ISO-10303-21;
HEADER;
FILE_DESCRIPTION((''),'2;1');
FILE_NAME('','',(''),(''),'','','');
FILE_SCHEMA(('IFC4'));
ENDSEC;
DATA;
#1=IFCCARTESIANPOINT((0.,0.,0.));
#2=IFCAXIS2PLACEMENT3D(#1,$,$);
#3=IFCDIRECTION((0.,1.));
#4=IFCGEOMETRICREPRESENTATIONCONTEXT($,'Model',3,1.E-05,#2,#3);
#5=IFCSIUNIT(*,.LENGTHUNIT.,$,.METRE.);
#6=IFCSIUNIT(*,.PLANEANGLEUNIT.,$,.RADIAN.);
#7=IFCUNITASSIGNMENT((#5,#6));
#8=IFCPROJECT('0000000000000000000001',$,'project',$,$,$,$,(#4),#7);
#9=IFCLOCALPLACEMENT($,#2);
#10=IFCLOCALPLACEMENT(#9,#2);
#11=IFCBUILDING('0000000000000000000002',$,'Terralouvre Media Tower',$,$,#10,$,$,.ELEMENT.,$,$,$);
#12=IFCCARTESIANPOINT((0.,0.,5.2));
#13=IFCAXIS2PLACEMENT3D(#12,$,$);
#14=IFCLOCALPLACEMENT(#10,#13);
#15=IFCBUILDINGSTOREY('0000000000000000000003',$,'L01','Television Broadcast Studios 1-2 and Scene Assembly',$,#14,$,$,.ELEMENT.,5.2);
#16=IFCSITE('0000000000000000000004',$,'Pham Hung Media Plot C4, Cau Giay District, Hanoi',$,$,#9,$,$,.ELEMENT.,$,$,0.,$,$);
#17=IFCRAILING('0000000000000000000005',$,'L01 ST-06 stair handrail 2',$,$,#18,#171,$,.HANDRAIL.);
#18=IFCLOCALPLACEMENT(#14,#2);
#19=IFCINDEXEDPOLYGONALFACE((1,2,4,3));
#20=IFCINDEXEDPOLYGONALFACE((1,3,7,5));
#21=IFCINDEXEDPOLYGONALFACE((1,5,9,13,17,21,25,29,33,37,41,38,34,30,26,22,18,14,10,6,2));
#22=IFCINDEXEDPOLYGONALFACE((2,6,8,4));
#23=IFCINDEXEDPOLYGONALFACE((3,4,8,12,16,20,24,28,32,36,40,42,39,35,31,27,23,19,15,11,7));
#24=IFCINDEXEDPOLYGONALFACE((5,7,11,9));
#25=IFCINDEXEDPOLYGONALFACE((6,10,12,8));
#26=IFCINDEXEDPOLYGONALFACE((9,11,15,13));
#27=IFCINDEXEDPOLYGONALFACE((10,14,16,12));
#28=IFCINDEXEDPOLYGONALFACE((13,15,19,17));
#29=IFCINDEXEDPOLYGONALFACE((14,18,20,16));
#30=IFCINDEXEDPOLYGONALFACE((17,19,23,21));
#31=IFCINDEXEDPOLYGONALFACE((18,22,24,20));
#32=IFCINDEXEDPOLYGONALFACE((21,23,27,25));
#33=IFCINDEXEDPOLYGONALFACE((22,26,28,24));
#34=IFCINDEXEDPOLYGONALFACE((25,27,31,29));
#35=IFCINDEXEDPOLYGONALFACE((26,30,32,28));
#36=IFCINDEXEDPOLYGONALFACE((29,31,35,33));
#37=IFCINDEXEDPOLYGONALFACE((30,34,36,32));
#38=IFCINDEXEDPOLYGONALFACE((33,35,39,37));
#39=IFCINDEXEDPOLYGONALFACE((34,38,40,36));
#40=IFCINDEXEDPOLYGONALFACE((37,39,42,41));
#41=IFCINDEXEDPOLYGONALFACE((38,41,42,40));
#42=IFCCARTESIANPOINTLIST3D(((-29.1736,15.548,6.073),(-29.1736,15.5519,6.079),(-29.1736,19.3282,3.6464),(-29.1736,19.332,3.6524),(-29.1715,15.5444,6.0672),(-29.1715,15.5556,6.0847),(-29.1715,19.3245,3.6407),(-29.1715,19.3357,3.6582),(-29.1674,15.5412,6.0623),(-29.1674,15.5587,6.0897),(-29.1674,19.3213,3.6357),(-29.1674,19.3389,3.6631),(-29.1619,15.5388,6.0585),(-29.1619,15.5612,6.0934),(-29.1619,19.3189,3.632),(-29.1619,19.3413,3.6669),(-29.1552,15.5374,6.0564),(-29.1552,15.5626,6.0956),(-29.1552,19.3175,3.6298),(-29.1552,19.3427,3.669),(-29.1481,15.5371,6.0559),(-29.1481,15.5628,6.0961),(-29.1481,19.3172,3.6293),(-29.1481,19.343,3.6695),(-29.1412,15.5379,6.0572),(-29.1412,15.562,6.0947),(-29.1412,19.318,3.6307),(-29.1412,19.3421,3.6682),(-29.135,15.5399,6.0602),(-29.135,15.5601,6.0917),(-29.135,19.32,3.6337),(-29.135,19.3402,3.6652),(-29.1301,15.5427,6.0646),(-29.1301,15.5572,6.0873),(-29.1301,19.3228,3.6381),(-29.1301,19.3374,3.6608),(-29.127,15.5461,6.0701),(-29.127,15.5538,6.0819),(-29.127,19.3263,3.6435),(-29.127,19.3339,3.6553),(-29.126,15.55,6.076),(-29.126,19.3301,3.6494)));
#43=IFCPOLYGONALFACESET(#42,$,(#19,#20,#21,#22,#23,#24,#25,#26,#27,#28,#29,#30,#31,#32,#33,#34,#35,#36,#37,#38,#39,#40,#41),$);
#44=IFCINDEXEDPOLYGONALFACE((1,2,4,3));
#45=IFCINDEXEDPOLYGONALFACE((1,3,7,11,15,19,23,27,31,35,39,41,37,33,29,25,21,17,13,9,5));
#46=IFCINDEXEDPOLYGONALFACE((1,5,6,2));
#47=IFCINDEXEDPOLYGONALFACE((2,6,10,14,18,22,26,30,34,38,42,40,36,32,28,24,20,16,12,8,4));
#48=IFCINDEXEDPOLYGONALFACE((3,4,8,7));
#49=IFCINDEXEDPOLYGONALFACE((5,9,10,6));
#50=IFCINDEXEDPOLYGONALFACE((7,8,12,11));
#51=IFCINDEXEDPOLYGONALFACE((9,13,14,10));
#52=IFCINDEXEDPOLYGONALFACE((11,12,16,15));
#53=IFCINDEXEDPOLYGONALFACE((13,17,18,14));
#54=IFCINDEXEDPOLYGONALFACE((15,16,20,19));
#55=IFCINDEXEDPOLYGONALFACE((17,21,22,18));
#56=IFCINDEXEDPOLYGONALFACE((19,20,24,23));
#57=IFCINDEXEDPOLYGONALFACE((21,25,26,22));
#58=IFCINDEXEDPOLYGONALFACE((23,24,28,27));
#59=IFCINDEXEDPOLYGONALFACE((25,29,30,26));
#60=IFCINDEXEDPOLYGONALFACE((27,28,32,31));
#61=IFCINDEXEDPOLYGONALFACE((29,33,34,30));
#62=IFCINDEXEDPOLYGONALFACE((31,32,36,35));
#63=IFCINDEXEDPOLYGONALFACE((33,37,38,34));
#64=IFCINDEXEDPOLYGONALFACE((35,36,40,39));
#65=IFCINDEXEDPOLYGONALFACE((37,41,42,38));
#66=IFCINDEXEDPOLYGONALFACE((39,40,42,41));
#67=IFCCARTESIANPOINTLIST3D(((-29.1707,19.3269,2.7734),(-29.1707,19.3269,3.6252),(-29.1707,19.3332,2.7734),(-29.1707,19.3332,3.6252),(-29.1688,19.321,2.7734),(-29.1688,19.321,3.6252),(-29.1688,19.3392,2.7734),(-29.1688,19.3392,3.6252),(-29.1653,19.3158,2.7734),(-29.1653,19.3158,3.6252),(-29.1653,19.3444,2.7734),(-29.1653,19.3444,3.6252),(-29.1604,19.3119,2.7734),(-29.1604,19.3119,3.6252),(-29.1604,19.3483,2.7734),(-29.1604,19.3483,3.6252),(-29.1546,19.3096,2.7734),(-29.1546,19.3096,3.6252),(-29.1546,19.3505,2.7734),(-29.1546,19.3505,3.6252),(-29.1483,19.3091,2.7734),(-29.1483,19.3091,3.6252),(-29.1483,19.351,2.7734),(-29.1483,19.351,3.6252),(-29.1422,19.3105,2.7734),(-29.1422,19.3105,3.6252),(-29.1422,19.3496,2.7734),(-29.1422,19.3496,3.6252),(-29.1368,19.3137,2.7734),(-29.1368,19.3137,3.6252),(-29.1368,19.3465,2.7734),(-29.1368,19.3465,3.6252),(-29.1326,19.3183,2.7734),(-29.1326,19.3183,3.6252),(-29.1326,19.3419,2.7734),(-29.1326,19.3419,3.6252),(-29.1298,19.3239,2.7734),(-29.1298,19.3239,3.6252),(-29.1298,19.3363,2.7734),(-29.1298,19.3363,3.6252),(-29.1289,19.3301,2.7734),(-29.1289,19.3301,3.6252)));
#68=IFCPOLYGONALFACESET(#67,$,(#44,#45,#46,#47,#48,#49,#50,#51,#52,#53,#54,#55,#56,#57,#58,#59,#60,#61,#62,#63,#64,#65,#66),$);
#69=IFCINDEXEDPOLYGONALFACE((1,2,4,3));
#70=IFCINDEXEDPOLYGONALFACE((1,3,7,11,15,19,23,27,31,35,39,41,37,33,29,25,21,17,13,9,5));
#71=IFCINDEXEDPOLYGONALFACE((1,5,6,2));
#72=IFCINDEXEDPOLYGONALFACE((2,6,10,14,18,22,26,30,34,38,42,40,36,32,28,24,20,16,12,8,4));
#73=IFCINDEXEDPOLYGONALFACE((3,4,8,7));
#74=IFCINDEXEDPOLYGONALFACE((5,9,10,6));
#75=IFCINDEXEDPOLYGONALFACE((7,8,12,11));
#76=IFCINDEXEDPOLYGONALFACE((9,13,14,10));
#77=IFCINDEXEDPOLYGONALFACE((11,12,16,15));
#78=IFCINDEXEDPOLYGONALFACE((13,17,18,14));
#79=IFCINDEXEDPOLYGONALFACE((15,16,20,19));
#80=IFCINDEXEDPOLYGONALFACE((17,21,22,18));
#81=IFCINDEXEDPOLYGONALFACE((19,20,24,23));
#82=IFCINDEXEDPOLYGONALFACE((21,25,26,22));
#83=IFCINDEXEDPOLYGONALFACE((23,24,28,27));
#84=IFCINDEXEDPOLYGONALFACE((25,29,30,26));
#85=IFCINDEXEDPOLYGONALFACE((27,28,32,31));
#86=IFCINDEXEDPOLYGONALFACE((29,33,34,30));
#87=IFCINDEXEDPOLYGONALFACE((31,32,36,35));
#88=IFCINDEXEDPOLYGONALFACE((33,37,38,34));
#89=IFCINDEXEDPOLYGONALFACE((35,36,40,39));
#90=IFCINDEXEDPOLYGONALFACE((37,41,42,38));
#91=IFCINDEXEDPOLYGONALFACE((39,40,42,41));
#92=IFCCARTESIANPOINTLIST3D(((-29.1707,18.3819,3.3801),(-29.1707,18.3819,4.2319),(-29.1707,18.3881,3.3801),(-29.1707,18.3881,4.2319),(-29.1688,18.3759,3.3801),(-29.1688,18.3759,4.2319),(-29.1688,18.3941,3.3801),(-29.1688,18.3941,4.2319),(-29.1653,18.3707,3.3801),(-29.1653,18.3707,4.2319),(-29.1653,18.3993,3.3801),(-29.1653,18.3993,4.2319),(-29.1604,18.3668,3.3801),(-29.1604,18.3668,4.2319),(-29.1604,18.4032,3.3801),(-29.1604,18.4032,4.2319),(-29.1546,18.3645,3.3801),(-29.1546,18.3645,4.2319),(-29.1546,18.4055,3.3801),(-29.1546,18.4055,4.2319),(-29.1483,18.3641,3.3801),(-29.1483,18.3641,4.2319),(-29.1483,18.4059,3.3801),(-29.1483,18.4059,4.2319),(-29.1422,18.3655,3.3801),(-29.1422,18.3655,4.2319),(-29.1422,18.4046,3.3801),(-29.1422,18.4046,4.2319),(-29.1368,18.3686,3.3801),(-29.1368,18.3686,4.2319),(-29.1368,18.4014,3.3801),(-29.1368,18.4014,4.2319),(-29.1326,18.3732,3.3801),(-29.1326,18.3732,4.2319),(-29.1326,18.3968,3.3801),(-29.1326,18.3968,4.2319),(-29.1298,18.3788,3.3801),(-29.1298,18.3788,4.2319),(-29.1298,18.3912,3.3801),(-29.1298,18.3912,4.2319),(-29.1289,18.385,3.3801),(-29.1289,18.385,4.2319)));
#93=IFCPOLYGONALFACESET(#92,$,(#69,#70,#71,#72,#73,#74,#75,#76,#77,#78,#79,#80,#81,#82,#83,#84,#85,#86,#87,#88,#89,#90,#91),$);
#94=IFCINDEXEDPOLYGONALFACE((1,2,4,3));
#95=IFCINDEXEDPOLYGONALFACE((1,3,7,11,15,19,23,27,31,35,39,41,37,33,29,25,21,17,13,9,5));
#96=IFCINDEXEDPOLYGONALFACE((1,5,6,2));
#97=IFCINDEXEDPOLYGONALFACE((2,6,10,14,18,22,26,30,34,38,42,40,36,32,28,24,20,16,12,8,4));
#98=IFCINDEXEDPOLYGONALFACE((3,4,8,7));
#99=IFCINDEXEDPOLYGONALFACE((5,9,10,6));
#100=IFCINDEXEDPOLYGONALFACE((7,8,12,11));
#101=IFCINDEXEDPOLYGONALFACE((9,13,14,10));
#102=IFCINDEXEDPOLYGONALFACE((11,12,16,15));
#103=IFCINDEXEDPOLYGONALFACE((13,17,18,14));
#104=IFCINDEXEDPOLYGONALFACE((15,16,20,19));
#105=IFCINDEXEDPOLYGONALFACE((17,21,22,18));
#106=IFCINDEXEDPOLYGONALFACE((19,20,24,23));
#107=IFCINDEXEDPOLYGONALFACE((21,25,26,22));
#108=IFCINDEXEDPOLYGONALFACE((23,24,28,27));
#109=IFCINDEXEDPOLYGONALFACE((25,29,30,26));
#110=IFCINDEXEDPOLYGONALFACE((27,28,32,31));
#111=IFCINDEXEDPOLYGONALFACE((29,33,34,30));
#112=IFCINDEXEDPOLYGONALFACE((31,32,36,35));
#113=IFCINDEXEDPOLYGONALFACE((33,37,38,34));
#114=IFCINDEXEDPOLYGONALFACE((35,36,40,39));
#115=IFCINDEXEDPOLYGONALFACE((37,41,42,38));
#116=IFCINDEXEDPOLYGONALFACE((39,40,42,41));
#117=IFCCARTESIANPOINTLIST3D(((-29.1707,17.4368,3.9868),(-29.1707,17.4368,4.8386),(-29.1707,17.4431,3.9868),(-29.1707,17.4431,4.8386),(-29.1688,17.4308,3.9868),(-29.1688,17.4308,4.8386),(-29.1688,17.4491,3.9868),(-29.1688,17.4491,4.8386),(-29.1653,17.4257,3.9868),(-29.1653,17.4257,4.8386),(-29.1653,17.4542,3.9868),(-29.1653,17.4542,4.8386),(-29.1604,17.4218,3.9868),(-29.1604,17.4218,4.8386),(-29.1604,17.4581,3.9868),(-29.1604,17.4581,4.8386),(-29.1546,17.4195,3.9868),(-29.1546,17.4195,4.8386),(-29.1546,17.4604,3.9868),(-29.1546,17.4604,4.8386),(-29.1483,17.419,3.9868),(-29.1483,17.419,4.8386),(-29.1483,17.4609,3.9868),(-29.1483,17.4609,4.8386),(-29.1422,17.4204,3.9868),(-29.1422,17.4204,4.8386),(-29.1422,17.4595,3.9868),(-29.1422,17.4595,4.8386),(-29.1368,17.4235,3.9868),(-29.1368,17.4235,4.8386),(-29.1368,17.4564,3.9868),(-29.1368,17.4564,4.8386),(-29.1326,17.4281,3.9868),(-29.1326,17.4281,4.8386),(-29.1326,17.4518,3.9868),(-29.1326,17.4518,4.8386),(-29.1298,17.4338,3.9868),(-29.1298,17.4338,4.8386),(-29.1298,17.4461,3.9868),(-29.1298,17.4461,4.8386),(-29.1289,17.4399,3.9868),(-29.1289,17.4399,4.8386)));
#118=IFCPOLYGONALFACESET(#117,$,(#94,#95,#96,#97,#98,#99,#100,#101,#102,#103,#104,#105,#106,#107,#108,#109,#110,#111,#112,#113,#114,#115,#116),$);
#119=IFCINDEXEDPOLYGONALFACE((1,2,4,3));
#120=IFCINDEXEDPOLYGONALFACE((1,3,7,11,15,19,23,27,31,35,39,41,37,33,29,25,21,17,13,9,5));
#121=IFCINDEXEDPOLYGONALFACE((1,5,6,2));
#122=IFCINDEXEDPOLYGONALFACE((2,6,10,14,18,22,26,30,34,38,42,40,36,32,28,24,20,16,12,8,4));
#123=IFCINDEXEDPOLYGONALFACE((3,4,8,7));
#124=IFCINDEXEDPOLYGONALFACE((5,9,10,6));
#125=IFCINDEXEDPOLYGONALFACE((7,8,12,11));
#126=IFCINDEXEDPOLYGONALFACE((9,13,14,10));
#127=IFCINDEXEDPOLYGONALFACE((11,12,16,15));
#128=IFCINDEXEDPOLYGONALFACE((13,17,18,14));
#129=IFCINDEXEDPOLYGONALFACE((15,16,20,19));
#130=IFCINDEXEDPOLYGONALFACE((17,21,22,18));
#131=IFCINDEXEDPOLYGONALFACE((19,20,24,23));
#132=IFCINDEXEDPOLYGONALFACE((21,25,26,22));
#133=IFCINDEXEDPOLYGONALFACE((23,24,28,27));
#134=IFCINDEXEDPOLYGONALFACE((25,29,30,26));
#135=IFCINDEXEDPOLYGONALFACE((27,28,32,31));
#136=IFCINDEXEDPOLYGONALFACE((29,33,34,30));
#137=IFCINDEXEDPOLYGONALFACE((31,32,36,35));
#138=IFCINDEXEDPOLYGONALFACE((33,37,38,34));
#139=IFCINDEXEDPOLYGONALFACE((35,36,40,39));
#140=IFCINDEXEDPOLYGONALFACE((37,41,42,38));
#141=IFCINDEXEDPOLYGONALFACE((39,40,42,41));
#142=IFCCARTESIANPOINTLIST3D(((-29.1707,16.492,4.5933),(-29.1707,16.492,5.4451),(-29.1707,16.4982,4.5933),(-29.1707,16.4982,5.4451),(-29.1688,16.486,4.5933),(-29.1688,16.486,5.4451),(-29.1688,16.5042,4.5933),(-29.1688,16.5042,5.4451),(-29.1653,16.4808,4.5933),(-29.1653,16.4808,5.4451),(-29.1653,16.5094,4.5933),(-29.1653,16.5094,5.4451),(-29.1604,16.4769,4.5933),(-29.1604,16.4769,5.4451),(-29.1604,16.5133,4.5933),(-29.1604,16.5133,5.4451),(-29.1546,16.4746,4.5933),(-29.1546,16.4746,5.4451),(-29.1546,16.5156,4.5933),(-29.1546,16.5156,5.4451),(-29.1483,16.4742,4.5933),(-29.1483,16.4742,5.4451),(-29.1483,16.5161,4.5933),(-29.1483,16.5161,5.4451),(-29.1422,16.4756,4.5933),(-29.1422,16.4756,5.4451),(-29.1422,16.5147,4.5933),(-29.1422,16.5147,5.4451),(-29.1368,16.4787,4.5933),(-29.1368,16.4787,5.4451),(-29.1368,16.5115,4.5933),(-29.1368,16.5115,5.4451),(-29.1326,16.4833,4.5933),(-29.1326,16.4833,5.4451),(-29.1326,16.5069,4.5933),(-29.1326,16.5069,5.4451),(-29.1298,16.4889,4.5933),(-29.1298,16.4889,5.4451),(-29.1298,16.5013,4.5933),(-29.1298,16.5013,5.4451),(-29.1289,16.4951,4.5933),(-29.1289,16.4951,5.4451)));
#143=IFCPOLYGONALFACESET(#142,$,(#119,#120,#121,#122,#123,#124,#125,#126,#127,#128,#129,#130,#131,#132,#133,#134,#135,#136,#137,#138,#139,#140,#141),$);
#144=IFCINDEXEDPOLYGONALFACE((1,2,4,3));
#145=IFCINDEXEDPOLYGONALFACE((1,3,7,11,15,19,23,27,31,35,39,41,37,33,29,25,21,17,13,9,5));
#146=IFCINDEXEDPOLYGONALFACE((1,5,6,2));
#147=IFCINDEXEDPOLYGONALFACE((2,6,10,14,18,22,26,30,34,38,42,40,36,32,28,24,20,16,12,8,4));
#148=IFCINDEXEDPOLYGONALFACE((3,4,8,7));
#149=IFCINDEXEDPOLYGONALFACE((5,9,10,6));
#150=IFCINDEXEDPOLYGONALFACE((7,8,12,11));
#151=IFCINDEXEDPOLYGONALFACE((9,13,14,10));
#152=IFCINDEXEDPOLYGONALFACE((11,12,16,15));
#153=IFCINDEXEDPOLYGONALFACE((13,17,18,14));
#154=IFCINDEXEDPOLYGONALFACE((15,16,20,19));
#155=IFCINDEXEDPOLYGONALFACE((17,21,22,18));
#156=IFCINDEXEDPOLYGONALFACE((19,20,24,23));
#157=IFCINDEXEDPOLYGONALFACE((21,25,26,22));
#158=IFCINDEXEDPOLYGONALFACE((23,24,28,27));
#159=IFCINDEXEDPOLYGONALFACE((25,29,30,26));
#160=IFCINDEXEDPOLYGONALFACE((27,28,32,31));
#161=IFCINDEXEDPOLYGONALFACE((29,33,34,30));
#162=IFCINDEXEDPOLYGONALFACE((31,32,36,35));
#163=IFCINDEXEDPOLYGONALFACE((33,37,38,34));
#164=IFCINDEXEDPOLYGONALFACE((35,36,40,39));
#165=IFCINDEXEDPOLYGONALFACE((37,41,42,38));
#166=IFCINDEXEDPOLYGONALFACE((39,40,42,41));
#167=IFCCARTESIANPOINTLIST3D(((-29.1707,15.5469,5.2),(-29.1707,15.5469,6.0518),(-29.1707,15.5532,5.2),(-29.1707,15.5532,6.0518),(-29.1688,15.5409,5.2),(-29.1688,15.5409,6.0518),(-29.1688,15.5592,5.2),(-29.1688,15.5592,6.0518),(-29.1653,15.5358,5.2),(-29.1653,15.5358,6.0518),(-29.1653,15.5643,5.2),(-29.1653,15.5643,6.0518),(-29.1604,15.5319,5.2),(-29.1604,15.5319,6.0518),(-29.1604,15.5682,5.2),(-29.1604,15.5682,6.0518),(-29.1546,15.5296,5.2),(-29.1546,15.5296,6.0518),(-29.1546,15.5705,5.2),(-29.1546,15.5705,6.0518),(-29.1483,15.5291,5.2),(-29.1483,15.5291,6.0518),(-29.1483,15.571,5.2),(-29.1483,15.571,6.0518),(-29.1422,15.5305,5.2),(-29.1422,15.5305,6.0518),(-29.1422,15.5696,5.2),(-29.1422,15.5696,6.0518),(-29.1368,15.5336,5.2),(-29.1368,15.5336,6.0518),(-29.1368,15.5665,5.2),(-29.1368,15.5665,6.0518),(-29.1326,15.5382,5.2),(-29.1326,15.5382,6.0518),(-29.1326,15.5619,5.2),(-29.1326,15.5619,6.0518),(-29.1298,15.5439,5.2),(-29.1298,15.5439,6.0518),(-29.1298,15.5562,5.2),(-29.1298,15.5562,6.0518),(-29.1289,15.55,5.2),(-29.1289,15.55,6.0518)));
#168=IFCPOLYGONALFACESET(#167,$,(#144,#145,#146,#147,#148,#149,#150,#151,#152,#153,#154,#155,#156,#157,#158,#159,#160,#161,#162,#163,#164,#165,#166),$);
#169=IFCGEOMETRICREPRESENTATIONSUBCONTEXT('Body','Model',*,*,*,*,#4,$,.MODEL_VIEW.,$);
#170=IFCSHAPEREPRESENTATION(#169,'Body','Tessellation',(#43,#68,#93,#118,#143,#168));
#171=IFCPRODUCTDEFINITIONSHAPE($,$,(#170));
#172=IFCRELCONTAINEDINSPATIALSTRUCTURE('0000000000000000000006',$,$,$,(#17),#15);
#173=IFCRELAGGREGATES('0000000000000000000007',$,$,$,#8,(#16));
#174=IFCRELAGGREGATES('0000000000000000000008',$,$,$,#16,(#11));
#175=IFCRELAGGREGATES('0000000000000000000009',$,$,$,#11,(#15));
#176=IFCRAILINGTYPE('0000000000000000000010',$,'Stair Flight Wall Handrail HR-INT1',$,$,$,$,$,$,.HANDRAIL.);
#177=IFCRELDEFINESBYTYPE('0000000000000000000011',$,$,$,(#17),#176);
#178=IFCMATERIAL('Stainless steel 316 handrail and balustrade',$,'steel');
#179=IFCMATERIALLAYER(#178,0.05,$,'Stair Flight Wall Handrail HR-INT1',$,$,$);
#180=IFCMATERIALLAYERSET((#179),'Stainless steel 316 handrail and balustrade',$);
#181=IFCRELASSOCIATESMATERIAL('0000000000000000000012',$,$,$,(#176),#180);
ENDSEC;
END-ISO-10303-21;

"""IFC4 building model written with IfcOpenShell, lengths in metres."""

from ifc_helpers import new_model, si_unit, direction, frame, origin, origin_2d, place, context, subcontext, project, spatial, circle, extrude, material, layer, layer_set, type_object, element, save


model = new_model("IFC4")

# Units and contexts
model_context = context("Model", 3, precision=1e-05, world=origin(), true_north=direction((0.0, 1.0)))
body_context = subcontext(model_context, "Body", "Model", "MODEL_VIEW")
ifc_project = project(units=[si_unit("LENGTHUNIT", "METRE"), si_unit("PLANEANGLEUNIT", "RADIAN")], contexts=[model_context])

# Site, building, storey
site_placement = place(None, origin())
site = spatial("IfcSite", under=ifc_project, at=site_placement, Name="Pham Hung Media Plot C4, Cau Giay District, Hanoi", CompositionType="ELEMENT", RefElevation=0.0)
building_placement = place(site_placement, origin())
building = spatial("IfcBuilding", under=site, at=building_placement, Name="Terralouvre Media Tower", CompositionType="ELEMENT")
storey_placement = place(building_placement, frame((0.0, 0.0, 5.2)))
storey = spatial("IfcBuildingStorey", under=building, at=storey_placement, Name="L01", Description="Television Broadcast Studios 1-2 and Scene Assembly", CompositionType="ELEMENT", Elevation=5.2)

# Railing
ifc_material_1 = material(Name="Stainless steel 316 handrail and balustrade", Category="steel")
ifc_layer_1 = layer(ifc_material_1, 0.05, Name="Stair Flight Wall Handrail HR-INT1")
ifc_layer_set_1 = layer_set([ifc_layer_1], Name="Stainless steel 316 handrail and balustrade")
railing_type_1 = type_object("IfcRailingType", Name="Stair Flight Wall Handrail HR-INT1", PredefinedType="HANDRAIL", material=ifc_layer_set_1)
railing_1_placement = place(storey_placement, frame((-29.1499, 19.3301, 2.7734)))
element("IfcRailing", 1, at=railing_1_placement, inside=storey, type_object=railing_type_1, Name="L01 ST-06 stair handrail 2", PredefinedType="HANDRAIL", context=body_context, shape_type="SweptSolid", body=[
    extrude(circle(Radius=0.0239, at=origin_2d()), frame((0.0, 0.0, 0.876), z_axis=(0.0, -0.841533, 0.540205), x_axis=(1.0, 0.0, 0.0)), (0.0, 0.0, 1.0), 4.4919),
    extrude(circle(Radius=0.021, at=origin_2d()), origin(), (0.0, 0.0, 1.0), 0.8518),
    extrude(circle(Radius=0.021, at=origin_2d()), frame((0.0, -0.9451, 0.6067)), (0.0, 0.0, 1.0), 0.8518),
    extrude(circle(Radius=0.021, at=origin_2d()), frame((0.0, -1.8901, 1.2134)), (0.0, 0.0, 1.0), 0.8518),
    extrude(circle(Radius=0.021, at=origin_2d()), frame((0.0, -2.835, 1.8198)), (0.0, 0.0, 1.0), 0.8518),
    extrude(circle(Radius=0.021, at=origin_2d()), frame((0.0, -3.78, 2.4265)), (0.0, 0.0, 1.0), 0.8518),
])

save(model, "model.ifc")
